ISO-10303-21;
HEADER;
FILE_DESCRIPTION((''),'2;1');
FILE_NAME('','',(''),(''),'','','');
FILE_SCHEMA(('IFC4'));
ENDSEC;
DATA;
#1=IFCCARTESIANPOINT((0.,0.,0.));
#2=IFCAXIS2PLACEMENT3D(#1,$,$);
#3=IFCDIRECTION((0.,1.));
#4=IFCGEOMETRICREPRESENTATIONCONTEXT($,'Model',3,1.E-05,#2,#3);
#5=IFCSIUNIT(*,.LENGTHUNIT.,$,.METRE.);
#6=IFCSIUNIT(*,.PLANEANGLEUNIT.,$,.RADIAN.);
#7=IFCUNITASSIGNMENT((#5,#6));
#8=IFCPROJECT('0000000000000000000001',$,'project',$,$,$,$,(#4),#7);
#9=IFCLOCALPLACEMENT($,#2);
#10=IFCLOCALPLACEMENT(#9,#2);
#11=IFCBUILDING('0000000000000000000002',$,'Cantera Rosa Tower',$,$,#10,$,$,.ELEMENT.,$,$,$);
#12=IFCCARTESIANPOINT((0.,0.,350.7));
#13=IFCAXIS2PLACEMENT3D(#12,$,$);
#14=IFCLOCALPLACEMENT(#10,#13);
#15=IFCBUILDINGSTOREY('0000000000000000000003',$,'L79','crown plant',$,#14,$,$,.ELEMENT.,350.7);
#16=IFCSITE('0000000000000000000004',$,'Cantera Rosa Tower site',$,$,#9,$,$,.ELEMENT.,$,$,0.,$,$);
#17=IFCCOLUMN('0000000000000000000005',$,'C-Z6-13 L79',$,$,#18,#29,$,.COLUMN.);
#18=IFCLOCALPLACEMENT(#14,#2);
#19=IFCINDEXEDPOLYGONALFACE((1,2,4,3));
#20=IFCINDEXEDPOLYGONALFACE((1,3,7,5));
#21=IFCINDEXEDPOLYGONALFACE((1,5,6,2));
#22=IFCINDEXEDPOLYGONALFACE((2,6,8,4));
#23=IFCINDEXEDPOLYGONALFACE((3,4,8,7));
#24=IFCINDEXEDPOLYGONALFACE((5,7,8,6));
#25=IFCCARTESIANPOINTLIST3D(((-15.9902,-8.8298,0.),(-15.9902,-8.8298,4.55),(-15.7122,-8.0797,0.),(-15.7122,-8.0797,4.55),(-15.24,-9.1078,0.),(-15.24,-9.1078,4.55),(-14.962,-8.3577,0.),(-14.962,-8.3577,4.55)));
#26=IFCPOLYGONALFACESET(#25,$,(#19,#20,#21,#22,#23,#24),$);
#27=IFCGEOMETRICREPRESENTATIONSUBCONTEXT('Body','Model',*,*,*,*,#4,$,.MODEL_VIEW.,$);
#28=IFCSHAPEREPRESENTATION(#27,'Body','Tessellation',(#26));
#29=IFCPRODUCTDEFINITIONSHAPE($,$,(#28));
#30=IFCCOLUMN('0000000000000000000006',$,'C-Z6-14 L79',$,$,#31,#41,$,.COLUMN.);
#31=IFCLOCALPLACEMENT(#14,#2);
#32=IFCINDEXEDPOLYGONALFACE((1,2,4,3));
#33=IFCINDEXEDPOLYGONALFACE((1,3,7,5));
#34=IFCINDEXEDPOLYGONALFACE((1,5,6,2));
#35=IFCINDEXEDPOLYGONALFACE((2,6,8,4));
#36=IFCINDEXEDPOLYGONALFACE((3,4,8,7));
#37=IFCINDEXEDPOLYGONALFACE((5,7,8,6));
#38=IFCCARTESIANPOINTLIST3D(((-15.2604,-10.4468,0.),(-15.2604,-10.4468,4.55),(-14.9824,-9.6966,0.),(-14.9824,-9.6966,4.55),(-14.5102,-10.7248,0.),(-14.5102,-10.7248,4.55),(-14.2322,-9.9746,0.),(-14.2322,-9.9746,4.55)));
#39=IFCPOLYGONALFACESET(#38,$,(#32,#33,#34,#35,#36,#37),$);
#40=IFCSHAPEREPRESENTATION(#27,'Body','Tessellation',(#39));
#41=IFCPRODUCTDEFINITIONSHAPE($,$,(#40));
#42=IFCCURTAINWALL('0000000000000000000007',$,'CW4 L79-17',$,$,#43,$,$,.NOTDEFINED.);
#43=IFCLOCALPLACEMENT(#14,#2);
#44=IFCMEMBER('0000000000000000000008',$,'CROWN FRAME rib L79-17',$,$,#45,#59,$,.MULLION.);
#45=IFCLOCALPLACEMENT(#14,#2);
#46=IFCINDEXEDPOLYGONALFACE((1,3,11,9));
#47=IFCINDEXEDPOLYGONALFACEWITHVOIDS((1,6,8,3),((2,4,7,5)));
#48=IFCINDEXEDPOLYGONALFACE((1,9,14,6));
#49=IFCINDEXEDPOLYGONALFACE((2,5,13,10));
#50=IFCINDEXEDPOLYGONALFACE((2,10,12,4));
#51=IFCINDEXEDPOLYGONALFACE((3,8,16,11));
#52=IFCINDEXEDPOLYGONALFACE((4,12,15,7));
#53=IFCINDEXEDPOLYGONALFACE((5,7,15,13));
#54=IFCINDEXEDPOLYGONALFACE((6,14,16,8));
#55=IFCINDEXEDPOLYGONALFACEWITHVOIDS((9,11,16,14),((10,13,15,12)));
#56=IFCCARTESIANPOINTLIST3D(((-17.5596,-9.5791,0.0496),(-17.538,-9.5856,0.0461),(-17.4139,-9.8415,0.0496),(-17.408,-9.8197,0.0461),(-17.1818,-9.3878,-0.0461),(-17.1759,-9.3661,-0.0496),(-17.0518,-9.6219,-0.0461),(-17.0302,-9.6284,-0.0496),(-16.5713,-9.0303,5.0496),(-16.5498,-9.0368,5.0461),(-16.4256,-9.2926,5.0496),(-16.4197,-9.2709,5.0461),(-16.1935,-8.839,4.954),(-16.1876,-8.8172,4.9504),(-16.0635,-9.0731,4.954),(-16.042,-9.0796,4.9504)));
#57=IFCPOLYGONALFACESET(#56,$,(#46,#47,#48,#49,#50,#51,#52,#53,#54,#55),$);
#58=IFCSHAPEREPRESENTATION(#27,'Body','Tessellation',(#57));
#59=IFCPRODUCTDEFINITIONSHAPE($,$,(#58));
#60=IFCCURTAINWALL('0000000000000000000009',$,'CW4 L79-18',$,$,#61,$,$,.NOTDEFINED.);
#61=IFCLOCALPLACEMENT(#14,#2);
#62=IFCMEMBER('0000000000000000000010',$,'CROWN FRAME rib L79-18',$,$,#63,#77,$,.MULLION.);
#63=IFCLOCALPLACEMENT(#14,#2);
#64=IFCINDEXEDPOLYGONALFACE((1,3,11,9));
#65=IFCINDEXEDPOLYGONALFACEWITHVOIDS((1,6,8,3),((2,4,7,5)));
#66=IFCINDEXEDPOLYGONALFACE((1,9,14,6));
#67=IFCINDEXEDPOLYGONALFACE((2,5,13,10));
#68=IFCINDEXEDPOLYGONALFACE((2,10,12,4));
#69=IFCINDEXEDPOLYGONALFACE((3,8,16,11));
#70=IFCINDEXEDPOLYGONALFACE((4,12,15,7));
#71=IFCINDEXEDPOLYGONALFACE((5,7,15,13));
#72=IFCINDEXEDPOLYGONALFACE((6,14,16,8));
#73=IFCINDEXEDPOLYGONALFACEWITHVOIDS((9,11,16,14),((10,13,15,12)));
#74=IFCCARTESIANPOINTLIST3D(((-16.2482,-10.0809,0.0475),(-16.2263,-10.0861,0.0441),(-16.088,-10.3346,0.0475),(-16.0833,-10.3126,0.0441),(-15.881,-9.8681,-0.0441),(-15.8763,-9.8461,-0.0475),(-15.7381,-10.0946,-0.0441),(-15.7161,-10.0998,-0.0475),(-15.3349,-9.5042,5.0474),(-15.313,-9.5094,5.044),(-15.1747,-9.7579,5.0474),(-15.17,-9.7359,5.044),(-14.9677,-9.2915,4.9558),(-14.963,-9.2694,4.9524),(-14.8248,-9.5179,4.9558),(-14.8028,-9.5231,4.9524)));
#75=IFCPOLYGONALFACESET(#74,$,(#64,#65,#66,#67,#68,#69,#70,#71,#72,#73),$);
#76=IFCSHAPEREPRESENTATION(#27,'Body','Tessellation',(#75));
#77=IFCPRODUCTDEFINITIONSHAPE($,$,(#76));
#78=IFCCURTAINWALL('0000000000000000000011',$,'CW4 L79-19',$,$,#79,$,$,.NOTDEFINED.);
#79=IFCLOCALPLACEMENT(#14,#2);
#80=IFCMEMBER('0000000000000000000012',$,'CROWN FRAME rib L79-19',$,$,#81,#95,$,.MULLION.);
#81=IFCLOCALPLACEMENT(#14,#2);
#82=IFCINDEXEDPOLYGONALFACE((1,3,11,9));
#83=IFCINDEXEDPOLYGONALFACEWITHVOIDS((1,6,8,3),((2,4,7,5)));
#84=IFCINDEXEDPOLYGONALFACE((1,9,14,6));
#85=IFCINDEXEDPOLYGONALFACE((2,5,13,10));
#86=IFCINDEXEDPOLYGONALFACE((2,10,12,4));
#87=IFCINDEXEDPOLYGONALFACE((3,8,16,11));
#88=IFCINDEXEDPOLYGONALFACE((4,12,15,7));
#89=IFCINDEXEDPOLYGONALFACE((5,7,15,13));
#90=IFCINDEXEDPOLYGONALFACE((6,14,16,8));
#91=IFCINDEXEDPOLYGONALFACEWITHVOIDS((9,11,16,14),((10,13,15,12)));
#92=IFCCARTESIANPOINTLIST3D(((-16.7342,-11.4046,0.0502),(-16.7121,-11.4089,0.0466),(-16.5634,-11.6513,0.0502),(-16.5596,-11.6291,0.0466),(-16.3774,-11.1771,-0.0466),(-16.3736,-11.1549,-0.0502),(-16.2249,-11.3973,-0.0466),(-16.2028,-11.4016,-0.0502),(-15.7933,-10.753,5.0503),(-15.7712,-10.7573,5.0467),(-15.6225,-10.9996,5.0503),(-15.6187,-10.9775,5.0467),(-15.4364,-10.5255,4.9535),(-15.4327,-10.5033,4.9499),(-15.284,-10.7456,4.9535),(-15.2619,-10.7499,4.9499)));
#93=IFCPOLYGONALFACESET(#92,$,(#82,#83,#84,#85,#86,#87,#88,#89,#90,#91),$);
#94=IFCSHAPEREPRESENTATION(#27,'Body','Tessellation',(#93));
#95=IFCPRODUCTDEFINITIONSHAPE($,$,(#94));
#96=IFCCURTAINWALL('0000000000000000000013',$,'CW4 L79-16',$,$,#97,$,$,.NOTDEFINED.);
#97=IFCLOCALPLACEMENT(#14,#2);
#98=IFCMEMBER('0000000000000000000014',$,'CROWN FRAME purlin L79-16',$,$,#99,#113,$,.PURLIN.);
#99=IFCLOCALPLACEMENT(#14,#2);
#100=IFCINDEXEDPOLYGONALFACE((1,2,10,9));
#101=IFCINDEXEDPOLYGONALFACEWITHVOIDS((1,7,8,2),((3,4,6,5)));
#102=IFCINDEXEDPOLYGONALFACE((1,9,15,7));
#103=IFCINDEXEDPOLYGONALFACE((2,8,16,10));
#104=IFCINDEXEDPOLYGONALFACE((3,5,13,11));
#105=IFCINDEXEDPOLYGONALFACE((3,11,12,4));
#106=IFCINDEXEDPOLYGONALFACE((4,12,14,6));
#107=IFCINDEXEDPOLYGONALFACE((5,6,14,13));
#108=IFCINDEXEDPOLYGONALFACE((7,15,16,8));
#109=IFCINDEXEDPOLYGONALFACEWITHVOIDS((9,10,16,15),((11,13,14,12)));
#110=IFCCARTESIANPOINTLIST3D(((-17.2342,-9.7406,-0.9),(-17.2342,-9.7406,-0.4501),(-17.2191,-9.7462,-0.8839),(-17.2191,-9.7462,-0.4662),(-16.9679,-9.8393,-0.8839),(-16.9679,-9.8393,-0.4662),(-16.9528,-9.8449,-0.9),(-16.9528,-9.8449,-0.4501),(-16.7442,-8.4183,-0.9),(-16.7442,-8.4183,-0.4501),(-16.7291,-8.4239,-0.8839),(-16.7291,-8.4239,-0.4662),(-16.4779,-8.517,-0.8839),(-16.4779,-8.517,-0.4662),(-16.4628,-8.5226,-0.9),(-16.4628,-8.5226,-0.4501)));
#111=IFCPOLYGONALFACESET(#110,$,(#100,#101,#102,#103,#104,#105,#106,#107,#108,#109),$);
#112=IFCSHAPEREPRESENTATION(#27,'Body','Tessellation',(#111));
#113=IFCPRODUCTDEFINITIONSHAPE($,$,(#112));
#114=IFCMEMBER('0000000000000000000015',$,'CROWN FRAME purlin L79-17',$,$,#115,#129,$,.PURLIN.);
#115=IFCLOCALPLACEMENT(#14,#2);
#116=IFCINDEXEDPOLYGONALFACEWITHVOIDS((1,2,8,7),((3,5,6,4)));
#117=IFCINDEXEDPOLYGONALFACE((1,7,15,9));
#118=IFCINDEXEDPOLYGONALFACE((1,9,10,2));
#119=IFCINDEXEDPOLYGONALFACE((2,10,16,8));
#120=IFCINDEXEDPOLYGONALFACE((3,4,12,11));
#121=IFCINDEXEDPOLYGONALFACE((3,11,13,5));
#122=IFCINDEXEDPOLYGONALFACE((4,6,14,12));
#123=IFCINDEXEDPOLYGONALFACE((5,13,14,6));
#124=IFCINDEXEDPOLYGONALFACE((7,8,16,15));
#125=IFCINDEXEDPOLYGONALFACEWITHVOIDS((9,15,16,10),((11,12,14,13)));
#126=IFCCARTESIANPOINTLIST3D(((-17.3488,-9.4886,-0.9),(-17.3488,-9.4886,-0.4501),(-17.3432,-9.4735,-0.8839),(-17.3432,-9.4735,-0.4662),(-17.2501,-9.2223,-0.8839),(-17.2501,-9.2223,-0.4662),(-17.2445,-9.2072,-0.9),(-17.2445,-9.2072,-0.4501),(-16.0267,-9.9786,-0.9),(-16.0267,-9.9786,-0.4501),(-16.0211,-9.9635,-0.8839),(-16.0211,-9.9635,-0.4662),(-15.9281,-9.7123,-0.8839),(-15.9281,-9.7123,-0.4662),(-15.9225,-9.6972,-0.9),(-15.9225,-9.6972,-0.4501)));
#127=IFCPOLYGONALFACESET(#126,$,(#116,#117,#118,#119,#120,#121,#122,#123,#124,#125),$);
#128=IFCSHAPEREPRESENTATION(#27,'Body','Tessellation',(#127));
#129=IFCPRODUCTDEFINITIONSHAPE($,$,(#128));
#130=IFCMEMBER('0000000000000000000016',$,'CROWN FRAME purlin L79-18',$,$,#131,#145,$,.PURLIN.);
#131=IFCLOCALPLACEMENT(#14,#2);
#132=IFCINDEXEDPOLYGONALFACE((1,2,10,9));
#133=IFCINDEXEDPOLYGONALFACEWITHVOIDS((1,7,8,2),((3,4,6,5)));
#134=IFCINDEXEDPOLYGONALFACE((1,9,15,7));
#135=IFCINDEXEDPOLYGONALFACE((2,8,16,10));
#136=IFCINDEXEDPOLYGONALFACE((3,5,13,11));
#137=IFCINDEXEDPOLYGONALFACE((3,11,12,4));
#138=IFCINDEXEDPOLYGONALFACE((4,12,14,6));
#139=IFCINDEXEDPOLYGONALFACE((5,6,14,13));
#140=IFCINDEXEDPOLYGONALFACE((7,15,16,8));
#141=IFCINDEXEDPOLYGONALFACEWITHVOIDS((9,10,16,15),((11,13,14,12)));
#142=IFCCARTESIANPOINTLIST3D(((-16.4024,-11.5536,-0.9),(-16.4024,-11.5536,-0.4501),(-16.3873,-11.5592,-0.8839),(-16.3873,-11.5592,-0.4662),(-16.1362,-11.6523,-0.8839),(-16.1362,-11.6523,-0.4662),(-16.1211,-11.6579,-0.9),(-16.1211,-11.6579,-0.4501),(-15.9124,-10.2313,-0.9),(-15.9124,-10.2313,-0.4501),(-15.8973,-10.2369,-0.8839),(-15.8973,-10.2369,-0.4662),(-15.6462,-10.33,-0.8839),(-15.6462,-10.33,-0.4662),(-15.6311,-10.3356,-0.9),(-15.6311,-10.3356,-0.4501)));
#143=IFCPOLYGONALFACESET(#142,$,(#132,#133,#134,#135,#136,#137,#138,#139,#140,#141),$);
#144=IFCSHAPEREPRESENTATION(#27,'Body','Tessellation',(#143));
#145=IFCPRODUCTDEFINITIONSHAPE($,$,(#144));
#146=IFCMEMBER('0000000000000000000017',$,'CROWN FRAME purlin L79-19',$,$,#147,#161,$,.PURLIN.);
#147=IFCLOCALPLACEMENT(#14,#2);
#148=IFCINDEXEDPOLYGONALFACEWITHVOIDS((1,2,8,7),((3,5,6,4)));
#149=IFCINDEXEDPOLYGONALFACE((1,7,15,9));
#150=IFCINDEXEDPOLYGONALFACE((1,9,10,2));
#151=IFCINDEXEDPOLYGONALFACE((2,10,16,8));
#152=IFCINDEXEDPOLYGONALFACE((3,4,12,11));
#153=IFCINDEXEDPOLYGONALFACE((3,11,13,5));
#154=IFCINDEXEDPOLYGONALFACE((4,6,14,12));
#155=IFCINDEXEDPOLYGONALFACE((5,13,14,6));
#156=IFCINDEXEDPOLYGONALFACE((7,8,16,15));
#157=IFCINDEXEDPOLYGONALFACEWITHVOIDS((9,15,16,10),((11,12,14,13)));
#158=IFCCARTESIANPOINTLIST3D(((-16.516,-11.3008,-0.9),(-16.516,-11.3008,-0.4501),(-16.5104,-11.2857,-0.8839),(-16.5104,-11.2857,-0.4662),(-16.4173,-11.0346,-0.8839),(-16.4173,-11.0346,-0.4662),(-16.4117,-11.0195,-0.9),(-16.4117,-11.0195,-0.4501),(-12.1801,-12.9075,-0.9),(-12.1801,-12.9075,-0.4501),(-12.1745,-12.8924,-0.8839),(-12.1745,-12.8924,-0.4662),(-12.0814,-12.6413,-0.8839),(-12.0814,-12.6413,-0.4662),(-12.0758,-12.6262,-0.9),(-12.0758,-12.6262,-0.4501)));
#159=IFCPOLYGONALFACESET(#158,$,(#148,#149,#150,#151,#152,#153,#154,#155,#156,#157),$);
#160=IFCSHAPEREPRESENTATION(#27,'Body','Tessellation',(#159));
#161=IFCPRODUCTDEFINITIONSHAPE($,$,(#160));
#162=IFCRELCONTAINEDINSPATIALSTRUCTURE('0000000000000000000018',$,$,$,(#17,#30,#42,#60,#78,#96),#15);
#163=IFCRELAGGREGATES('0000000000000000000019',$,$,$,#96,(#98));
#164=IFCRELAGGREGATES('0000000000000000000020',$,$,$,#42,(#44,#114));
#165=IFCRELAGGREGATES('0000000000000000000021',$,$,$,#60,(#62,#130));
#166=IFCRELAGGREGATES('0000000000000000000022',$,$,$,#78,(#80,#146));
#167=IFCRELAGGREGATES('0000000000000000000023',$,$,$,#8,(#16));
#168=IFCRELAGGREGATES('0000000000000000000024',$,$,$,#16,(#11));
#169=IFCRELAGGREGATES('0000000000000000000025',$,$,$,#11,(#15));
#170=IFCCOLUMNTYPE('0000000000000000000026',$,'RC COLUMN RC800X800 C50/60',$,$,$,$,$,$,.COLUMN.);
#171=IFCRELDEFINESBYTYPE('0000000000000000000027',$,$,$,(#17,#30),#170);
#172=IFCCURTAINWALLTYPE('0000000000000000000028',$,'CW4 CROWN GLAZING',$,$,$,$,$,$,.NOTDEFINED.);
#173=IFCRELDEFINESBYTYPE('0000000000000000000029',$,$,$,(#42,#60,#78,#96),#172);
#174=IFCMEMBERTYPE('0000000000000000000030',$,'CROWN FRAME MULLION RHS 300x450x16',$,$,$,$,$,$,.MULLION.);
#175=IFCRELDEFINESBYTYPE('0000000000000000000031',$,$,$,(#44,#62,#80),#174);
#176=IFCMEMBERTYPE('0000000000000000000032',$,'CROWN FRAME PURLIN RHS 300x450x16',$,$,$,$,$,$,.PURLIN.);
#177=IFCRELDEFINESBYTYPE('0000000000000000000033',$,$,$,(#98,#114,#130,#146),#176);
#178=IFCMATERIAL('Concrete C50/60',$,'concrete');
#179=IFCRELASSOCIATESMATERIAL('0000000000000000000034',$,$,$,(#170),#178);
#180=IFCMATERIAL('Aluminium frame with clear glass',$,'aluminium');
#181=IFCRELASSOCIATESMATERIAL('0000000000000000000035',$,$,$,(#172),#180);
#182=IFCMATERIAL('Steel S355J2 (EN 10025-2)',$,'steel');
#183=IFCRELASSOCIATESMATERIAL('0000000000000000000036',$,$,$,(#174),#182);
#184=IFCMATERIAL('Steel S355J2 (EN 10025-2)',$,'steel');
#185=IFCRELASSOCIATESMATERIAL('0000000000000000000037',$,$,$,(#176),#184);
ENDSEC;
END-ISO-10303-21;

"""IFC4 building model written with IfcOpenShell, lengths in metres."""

from ifc_helpers import new_model, si_unit, direction, frame, origin, origin_2d, place, context, subcontext, project, spatial, rectangle, hollow_rectangle, extrude, material, material_profile, profile_set, type_object, element, aggregate, save


model = new_model("IFC4")

# Units and contexts
model_context = context("Model", 3, precision=1e-05, world=origin(), true_north=direction((0.0, 1.0)))
body_context = subcontext(model_context, "Body", "Model", "MODEL_VIEW")
ifc_project = project(units=[si_unit("LENGTHUNIT", "METRE"), si_unit("PLANEANGLEUNIT", "RADIAN")], contexts=[model_context])

# Site, building, storey
site_placement = place(None, origin())
site = spatial("IfcSite", under=ifc_project, at=site_placement, Name="Cantera Rosa Tower site", CompositionType="ELEMENT", RefElevation=0.0)
building_placement = place(site_placement, origin())
building = spatial("IfcBuilding", under=site, at=building_placement, Name="Cantera Rosa Tower", CompositionType="ELEMENT")
storey_placement = place(building_placement, frame((0.0, 0.0, 350.7)))
storey = spatial("IfcBuildingStorey", under=building, at=storey_placement, Name="L79", Description="crown plant", CompositionType="ELEMENT", Elevation=350.7)

# Columns
ifc_material_1 = material(Name="Concrete C50/60", Category="concrete")
ifc_material_profile_1 = material_profile(ifc_material_1, rectangle(XDim=0.8, YDim=0.8, at=origin_2d()), Name="RC COLUMN RC800X800 C50/60")
ifc_profile_set_1 = profile_set([ifc_material_profile_1], Name="Concrete C50/60")
column_type = type_object("IfcColumnType", Name="RC COLUMN RC800X800 C50/60", PredefinedType="COLUMN", material=ifc_profile_set_1)
for number, where, z_axis, x_axis, name in (
    (1, (-15.4761, -8.5938, 0.0), (0.0, 0.0, 1.0), (0.347481, 0.937687, 0.0), "C-Z6-13 L79"),
    (2, (-14.7463, -10.2107, 0.0), (0.0, 0.0, 1.0), (0.347481, 0.937687, 0.0), "C-Z6-14 L79"),
):
    element("IfcColumn", number, at=place(storey_placement, frame(where, z_axis=z_axis, x_axis=x_axis)), inside=storey, type_object=column_type, Name=name, PredefinedType="COLUMN", context=body_context, shape_type="SweptSolid", body=[
        extrude(rectangle(XDim=0.8, YDim=0.8, at=origin_2d()), origin(), (0.0, 0.0, 1.0), 4.55),
    ])

# Curtain walls, members
ifc_material_2 = material(Name="Aluminium frame with clear glass", Category="aluminium")
curtain_wall_type = type_object("IfcCurtainWallType", Name="CW4 CROWN GLAZING", PredefinedType="NOTDEFINED", material=ifc_material_2)
curtain_wall_1_placement = place(storey_placement, origin())
curtain_wall_1 = element("IfcCurtainWall", 3, at=curtain_wall_1_placement, inside=storey, type_object=curtain_wall_type, Name="CW4 L79-17", PredefinedType="NOTDEFINED")
ifc_material_3 = material(Name="Steel S355J2 (EN 10025-2)", Category="steel")
ifc_material_profile_2 = material_profile(ifc_material_3, hollow_rectangle(XDim=0.3, YDim=0.45, WallThickness=0.0161, at=origin_2d()), Name="CROWN FRAME MULLION RHS 300x450x16")
ifc_profile_set_2 = profile_set([ifc_material_profile_2], Name="Steel S355J2 (EN 10025-2)")
member_type_1 = type_object("IfcMemberType", Name="CROWN FRAME MULLION RHS 300x450x16", PredefinedType="MULLION", material=ifc_profile_set_2)
member_1_placement = place(storey_placement, frame((-17.2949, -9.6038, 0.0), z_axis=(0.19279, 0.107063, 0.975382), x_axis=(-0.485496, 0.874239, 0.0)))
member_1 = element("IfcMember", 4, at=member_1_placement, type_object=member_type_1, Name="CROWN FRAME rib L79-17", PredefinedType="MULLION", context=body_context, shape_type="SweptSolid", body=[
    extrude(hollow_rectangle(XDim=0.3, YDim=0.45, WallThickness=0.0161, at=origin_2d()), origin(), (0.0, 0.0, 1.0), 5.1262),
])
curtain_wall_2_placement = place(storey_placement, origin())
curtain_wall_2 = element("IfcCurtainWall", 5, at=curtain_wall_2_placement, inside=storey, type_object=curtain_wall_type, Name="CW4 L79-18", PredefinedType="NOTDEFINED")
member_2_placement = place(storey_placement, frame((-15.9822, -10.0903, 0.0), z_axis=(0.178547, 0.112732, 0.977452), x_axis=(-0.533874, 0.845564, 0.0)))
member_2 = element("IfcMember", 6, at=member_2_placement, type_object=member_type_1, Name="CROWN FRAME rib L79-18", PredefinedType="MULLION", context=body_context, shape_type="SweptSolid", body=[
    extrude(hollow_rectangle(XDim=0.3, YDim=0.45, WallThickness=0.0161, at=origin_2d()), origin(), (0.0, 0.0, 1.0), 5.1152),
])
curtain_wall_3_placement = place(storey_placement, origin())
curtain_wall_3 = element("IfcCurtainWall", 7, at=curtain_wall_3_placement, inside=storey, type_object=curtain_wall_type, Name="CW4 L79-19", PredefinedType="NOTDEFINED")
member_3_placement = place(storey_placement, frame((-16.4685, -11.4031, 0.0), z_axis=(0.183439, 0.127037, 0.974788), x_axis=(-0.569332, 0.822108, 0.0)))
member_3 = element("IfcMember", 8, at=member_3_placement, type_object=member_type_1, Name="CROWN FRAME rib L79-19", PredefinedType="MULLION", context=body_context, shape_type="SweptSolid", body=[
    extrude(hollow_rectangle(XDim=0.3, YDim=0.45, WallThickness=0.0161, at=origin_2d()), origin(), (0.0, 0.0, 1.0), 5.1294),
])
curtain_wall_4_placement = place(storey_placement, origin())
curtain_wall_4 = element("IfcCurtainWall", 9, at=curtain_wall_4_placement, inside=storey, type_object=curtain_wall_type, Name="CW4 L79-16", PredefinedType="NOTDEFINED")
ifc_material_4 = material(Name="Steel S355J2 (EN 10025-2)", Category="steel")
ifc_material_profile_3 = material_profile(ifc_material_4, hollow_rectangle(XDim=0.3, YDim=0.45, WallThickness=0.0161, at=origin_2d()), Name="CROWN FRAME PURLIN RHS 300x450x16")
ifc_profile_set_3 = profile_set([ifc_material_profile_3], Name="Steel S355J2 (EN 10025-2)")
member_type_2 = type_object("IfcMemberType", Name="CROWN FRAME PURLIN RHS 300x450x16", PredefinedType="PURLIN", material=ifc_profile_set_3)
member_4_placement = place(storey_placement, frame((-16.6035, -8.4705, -0.675), z_axis=(-0.347478, -0.937688, 0.0), x_axis=(0.937688, -0.347478, 0.0)))
member_4 = element("IfcMember", 10, at=member_4_placement, type_object=member_type_2, Name="CROWN FRAME purlin L79-16", PredefinedType="PURLIN", context=body_context, shape_type="SweptSolid", body=[
    extrude(hollow_rectangle(XDim=0.3, YDim=0.45, WallThickness=0.0161, at=origin_2d()), origin(), (0.0, 0.0, 1.0), 1.4102),
])

# Members
member_5_placement = place(storey_placement, frame((-17.2966, -9.3479, -0.675), z_axis=(0.937667, -0.347534, 0.0), x_axis=(0.347534, 0.937667, 0.0)))
member_5 = element("IfcMember", 11, at=member_5_placement, type_object=member_type_2, Name="CROWN FRAME purlin L79-17", PredefinedType="PURLIN", context=body_context, shape_type="SweptSolid", body=[
    extrude(hollow_rectangle(XDim=0.3, YDim=0.45, WallThickness=0.0161, at=origin_2d()), origin(), (0.0, 0.0, 1.0), 1.4099),
])
member_6_placement = place(storey_placement, frame((-15.7717, -10.2834, -0.675), z_axis=(-0.347478, -0.937688, 0.0), x_axis=(0.937688, -0.347478, 0.0)))
member_6 = element("IfcMember", 12, at=member_6_placement, type_object=member_type_2, Name="CROWN FRAME purlin L79-18", PredefinedType="PURLIN", context=body_context, shape_type="SweptSolid", body=[
    extrude(hollow_rectangle(XDim=0.3, YDim=0.45, WallThickness=0.0161, at=origin_2d()), origin(), (0.0, 0.0, 1.0), 1.4102),
])
member_7_placement = place(storey_placement, frame((-16.4639, -11.1602, -0.675), z_axis=(0.937693, -0.347464, 0.0), x_axis=(0.347464, 0.937693, 0.0)))
member_7 = element("IfcMember", 13, at=member_7_placement, type_object=member_type_2, Name="CROWN FRAME purlin L79-19", PredefinedType="PURLIN", context=body_context, shape_type="SweptSolid", body=[
    extrude(hollow_rectangle(XDim=0.3, YDim=0.45, WallThickness=0.0161, at=origin_2d()), origin(), (0.0, 0.0, 1.0), 4.624),
])

aggregate(curtain_wall_4, [member_4])
aggregate(curtain_wall_1, [member_1, member_5])
aggregate(curtain_wall_2, [member_2, member_6])
aggregate(curtain_wall_3, [member_3, member_7])

save(model, "model.ifc")
